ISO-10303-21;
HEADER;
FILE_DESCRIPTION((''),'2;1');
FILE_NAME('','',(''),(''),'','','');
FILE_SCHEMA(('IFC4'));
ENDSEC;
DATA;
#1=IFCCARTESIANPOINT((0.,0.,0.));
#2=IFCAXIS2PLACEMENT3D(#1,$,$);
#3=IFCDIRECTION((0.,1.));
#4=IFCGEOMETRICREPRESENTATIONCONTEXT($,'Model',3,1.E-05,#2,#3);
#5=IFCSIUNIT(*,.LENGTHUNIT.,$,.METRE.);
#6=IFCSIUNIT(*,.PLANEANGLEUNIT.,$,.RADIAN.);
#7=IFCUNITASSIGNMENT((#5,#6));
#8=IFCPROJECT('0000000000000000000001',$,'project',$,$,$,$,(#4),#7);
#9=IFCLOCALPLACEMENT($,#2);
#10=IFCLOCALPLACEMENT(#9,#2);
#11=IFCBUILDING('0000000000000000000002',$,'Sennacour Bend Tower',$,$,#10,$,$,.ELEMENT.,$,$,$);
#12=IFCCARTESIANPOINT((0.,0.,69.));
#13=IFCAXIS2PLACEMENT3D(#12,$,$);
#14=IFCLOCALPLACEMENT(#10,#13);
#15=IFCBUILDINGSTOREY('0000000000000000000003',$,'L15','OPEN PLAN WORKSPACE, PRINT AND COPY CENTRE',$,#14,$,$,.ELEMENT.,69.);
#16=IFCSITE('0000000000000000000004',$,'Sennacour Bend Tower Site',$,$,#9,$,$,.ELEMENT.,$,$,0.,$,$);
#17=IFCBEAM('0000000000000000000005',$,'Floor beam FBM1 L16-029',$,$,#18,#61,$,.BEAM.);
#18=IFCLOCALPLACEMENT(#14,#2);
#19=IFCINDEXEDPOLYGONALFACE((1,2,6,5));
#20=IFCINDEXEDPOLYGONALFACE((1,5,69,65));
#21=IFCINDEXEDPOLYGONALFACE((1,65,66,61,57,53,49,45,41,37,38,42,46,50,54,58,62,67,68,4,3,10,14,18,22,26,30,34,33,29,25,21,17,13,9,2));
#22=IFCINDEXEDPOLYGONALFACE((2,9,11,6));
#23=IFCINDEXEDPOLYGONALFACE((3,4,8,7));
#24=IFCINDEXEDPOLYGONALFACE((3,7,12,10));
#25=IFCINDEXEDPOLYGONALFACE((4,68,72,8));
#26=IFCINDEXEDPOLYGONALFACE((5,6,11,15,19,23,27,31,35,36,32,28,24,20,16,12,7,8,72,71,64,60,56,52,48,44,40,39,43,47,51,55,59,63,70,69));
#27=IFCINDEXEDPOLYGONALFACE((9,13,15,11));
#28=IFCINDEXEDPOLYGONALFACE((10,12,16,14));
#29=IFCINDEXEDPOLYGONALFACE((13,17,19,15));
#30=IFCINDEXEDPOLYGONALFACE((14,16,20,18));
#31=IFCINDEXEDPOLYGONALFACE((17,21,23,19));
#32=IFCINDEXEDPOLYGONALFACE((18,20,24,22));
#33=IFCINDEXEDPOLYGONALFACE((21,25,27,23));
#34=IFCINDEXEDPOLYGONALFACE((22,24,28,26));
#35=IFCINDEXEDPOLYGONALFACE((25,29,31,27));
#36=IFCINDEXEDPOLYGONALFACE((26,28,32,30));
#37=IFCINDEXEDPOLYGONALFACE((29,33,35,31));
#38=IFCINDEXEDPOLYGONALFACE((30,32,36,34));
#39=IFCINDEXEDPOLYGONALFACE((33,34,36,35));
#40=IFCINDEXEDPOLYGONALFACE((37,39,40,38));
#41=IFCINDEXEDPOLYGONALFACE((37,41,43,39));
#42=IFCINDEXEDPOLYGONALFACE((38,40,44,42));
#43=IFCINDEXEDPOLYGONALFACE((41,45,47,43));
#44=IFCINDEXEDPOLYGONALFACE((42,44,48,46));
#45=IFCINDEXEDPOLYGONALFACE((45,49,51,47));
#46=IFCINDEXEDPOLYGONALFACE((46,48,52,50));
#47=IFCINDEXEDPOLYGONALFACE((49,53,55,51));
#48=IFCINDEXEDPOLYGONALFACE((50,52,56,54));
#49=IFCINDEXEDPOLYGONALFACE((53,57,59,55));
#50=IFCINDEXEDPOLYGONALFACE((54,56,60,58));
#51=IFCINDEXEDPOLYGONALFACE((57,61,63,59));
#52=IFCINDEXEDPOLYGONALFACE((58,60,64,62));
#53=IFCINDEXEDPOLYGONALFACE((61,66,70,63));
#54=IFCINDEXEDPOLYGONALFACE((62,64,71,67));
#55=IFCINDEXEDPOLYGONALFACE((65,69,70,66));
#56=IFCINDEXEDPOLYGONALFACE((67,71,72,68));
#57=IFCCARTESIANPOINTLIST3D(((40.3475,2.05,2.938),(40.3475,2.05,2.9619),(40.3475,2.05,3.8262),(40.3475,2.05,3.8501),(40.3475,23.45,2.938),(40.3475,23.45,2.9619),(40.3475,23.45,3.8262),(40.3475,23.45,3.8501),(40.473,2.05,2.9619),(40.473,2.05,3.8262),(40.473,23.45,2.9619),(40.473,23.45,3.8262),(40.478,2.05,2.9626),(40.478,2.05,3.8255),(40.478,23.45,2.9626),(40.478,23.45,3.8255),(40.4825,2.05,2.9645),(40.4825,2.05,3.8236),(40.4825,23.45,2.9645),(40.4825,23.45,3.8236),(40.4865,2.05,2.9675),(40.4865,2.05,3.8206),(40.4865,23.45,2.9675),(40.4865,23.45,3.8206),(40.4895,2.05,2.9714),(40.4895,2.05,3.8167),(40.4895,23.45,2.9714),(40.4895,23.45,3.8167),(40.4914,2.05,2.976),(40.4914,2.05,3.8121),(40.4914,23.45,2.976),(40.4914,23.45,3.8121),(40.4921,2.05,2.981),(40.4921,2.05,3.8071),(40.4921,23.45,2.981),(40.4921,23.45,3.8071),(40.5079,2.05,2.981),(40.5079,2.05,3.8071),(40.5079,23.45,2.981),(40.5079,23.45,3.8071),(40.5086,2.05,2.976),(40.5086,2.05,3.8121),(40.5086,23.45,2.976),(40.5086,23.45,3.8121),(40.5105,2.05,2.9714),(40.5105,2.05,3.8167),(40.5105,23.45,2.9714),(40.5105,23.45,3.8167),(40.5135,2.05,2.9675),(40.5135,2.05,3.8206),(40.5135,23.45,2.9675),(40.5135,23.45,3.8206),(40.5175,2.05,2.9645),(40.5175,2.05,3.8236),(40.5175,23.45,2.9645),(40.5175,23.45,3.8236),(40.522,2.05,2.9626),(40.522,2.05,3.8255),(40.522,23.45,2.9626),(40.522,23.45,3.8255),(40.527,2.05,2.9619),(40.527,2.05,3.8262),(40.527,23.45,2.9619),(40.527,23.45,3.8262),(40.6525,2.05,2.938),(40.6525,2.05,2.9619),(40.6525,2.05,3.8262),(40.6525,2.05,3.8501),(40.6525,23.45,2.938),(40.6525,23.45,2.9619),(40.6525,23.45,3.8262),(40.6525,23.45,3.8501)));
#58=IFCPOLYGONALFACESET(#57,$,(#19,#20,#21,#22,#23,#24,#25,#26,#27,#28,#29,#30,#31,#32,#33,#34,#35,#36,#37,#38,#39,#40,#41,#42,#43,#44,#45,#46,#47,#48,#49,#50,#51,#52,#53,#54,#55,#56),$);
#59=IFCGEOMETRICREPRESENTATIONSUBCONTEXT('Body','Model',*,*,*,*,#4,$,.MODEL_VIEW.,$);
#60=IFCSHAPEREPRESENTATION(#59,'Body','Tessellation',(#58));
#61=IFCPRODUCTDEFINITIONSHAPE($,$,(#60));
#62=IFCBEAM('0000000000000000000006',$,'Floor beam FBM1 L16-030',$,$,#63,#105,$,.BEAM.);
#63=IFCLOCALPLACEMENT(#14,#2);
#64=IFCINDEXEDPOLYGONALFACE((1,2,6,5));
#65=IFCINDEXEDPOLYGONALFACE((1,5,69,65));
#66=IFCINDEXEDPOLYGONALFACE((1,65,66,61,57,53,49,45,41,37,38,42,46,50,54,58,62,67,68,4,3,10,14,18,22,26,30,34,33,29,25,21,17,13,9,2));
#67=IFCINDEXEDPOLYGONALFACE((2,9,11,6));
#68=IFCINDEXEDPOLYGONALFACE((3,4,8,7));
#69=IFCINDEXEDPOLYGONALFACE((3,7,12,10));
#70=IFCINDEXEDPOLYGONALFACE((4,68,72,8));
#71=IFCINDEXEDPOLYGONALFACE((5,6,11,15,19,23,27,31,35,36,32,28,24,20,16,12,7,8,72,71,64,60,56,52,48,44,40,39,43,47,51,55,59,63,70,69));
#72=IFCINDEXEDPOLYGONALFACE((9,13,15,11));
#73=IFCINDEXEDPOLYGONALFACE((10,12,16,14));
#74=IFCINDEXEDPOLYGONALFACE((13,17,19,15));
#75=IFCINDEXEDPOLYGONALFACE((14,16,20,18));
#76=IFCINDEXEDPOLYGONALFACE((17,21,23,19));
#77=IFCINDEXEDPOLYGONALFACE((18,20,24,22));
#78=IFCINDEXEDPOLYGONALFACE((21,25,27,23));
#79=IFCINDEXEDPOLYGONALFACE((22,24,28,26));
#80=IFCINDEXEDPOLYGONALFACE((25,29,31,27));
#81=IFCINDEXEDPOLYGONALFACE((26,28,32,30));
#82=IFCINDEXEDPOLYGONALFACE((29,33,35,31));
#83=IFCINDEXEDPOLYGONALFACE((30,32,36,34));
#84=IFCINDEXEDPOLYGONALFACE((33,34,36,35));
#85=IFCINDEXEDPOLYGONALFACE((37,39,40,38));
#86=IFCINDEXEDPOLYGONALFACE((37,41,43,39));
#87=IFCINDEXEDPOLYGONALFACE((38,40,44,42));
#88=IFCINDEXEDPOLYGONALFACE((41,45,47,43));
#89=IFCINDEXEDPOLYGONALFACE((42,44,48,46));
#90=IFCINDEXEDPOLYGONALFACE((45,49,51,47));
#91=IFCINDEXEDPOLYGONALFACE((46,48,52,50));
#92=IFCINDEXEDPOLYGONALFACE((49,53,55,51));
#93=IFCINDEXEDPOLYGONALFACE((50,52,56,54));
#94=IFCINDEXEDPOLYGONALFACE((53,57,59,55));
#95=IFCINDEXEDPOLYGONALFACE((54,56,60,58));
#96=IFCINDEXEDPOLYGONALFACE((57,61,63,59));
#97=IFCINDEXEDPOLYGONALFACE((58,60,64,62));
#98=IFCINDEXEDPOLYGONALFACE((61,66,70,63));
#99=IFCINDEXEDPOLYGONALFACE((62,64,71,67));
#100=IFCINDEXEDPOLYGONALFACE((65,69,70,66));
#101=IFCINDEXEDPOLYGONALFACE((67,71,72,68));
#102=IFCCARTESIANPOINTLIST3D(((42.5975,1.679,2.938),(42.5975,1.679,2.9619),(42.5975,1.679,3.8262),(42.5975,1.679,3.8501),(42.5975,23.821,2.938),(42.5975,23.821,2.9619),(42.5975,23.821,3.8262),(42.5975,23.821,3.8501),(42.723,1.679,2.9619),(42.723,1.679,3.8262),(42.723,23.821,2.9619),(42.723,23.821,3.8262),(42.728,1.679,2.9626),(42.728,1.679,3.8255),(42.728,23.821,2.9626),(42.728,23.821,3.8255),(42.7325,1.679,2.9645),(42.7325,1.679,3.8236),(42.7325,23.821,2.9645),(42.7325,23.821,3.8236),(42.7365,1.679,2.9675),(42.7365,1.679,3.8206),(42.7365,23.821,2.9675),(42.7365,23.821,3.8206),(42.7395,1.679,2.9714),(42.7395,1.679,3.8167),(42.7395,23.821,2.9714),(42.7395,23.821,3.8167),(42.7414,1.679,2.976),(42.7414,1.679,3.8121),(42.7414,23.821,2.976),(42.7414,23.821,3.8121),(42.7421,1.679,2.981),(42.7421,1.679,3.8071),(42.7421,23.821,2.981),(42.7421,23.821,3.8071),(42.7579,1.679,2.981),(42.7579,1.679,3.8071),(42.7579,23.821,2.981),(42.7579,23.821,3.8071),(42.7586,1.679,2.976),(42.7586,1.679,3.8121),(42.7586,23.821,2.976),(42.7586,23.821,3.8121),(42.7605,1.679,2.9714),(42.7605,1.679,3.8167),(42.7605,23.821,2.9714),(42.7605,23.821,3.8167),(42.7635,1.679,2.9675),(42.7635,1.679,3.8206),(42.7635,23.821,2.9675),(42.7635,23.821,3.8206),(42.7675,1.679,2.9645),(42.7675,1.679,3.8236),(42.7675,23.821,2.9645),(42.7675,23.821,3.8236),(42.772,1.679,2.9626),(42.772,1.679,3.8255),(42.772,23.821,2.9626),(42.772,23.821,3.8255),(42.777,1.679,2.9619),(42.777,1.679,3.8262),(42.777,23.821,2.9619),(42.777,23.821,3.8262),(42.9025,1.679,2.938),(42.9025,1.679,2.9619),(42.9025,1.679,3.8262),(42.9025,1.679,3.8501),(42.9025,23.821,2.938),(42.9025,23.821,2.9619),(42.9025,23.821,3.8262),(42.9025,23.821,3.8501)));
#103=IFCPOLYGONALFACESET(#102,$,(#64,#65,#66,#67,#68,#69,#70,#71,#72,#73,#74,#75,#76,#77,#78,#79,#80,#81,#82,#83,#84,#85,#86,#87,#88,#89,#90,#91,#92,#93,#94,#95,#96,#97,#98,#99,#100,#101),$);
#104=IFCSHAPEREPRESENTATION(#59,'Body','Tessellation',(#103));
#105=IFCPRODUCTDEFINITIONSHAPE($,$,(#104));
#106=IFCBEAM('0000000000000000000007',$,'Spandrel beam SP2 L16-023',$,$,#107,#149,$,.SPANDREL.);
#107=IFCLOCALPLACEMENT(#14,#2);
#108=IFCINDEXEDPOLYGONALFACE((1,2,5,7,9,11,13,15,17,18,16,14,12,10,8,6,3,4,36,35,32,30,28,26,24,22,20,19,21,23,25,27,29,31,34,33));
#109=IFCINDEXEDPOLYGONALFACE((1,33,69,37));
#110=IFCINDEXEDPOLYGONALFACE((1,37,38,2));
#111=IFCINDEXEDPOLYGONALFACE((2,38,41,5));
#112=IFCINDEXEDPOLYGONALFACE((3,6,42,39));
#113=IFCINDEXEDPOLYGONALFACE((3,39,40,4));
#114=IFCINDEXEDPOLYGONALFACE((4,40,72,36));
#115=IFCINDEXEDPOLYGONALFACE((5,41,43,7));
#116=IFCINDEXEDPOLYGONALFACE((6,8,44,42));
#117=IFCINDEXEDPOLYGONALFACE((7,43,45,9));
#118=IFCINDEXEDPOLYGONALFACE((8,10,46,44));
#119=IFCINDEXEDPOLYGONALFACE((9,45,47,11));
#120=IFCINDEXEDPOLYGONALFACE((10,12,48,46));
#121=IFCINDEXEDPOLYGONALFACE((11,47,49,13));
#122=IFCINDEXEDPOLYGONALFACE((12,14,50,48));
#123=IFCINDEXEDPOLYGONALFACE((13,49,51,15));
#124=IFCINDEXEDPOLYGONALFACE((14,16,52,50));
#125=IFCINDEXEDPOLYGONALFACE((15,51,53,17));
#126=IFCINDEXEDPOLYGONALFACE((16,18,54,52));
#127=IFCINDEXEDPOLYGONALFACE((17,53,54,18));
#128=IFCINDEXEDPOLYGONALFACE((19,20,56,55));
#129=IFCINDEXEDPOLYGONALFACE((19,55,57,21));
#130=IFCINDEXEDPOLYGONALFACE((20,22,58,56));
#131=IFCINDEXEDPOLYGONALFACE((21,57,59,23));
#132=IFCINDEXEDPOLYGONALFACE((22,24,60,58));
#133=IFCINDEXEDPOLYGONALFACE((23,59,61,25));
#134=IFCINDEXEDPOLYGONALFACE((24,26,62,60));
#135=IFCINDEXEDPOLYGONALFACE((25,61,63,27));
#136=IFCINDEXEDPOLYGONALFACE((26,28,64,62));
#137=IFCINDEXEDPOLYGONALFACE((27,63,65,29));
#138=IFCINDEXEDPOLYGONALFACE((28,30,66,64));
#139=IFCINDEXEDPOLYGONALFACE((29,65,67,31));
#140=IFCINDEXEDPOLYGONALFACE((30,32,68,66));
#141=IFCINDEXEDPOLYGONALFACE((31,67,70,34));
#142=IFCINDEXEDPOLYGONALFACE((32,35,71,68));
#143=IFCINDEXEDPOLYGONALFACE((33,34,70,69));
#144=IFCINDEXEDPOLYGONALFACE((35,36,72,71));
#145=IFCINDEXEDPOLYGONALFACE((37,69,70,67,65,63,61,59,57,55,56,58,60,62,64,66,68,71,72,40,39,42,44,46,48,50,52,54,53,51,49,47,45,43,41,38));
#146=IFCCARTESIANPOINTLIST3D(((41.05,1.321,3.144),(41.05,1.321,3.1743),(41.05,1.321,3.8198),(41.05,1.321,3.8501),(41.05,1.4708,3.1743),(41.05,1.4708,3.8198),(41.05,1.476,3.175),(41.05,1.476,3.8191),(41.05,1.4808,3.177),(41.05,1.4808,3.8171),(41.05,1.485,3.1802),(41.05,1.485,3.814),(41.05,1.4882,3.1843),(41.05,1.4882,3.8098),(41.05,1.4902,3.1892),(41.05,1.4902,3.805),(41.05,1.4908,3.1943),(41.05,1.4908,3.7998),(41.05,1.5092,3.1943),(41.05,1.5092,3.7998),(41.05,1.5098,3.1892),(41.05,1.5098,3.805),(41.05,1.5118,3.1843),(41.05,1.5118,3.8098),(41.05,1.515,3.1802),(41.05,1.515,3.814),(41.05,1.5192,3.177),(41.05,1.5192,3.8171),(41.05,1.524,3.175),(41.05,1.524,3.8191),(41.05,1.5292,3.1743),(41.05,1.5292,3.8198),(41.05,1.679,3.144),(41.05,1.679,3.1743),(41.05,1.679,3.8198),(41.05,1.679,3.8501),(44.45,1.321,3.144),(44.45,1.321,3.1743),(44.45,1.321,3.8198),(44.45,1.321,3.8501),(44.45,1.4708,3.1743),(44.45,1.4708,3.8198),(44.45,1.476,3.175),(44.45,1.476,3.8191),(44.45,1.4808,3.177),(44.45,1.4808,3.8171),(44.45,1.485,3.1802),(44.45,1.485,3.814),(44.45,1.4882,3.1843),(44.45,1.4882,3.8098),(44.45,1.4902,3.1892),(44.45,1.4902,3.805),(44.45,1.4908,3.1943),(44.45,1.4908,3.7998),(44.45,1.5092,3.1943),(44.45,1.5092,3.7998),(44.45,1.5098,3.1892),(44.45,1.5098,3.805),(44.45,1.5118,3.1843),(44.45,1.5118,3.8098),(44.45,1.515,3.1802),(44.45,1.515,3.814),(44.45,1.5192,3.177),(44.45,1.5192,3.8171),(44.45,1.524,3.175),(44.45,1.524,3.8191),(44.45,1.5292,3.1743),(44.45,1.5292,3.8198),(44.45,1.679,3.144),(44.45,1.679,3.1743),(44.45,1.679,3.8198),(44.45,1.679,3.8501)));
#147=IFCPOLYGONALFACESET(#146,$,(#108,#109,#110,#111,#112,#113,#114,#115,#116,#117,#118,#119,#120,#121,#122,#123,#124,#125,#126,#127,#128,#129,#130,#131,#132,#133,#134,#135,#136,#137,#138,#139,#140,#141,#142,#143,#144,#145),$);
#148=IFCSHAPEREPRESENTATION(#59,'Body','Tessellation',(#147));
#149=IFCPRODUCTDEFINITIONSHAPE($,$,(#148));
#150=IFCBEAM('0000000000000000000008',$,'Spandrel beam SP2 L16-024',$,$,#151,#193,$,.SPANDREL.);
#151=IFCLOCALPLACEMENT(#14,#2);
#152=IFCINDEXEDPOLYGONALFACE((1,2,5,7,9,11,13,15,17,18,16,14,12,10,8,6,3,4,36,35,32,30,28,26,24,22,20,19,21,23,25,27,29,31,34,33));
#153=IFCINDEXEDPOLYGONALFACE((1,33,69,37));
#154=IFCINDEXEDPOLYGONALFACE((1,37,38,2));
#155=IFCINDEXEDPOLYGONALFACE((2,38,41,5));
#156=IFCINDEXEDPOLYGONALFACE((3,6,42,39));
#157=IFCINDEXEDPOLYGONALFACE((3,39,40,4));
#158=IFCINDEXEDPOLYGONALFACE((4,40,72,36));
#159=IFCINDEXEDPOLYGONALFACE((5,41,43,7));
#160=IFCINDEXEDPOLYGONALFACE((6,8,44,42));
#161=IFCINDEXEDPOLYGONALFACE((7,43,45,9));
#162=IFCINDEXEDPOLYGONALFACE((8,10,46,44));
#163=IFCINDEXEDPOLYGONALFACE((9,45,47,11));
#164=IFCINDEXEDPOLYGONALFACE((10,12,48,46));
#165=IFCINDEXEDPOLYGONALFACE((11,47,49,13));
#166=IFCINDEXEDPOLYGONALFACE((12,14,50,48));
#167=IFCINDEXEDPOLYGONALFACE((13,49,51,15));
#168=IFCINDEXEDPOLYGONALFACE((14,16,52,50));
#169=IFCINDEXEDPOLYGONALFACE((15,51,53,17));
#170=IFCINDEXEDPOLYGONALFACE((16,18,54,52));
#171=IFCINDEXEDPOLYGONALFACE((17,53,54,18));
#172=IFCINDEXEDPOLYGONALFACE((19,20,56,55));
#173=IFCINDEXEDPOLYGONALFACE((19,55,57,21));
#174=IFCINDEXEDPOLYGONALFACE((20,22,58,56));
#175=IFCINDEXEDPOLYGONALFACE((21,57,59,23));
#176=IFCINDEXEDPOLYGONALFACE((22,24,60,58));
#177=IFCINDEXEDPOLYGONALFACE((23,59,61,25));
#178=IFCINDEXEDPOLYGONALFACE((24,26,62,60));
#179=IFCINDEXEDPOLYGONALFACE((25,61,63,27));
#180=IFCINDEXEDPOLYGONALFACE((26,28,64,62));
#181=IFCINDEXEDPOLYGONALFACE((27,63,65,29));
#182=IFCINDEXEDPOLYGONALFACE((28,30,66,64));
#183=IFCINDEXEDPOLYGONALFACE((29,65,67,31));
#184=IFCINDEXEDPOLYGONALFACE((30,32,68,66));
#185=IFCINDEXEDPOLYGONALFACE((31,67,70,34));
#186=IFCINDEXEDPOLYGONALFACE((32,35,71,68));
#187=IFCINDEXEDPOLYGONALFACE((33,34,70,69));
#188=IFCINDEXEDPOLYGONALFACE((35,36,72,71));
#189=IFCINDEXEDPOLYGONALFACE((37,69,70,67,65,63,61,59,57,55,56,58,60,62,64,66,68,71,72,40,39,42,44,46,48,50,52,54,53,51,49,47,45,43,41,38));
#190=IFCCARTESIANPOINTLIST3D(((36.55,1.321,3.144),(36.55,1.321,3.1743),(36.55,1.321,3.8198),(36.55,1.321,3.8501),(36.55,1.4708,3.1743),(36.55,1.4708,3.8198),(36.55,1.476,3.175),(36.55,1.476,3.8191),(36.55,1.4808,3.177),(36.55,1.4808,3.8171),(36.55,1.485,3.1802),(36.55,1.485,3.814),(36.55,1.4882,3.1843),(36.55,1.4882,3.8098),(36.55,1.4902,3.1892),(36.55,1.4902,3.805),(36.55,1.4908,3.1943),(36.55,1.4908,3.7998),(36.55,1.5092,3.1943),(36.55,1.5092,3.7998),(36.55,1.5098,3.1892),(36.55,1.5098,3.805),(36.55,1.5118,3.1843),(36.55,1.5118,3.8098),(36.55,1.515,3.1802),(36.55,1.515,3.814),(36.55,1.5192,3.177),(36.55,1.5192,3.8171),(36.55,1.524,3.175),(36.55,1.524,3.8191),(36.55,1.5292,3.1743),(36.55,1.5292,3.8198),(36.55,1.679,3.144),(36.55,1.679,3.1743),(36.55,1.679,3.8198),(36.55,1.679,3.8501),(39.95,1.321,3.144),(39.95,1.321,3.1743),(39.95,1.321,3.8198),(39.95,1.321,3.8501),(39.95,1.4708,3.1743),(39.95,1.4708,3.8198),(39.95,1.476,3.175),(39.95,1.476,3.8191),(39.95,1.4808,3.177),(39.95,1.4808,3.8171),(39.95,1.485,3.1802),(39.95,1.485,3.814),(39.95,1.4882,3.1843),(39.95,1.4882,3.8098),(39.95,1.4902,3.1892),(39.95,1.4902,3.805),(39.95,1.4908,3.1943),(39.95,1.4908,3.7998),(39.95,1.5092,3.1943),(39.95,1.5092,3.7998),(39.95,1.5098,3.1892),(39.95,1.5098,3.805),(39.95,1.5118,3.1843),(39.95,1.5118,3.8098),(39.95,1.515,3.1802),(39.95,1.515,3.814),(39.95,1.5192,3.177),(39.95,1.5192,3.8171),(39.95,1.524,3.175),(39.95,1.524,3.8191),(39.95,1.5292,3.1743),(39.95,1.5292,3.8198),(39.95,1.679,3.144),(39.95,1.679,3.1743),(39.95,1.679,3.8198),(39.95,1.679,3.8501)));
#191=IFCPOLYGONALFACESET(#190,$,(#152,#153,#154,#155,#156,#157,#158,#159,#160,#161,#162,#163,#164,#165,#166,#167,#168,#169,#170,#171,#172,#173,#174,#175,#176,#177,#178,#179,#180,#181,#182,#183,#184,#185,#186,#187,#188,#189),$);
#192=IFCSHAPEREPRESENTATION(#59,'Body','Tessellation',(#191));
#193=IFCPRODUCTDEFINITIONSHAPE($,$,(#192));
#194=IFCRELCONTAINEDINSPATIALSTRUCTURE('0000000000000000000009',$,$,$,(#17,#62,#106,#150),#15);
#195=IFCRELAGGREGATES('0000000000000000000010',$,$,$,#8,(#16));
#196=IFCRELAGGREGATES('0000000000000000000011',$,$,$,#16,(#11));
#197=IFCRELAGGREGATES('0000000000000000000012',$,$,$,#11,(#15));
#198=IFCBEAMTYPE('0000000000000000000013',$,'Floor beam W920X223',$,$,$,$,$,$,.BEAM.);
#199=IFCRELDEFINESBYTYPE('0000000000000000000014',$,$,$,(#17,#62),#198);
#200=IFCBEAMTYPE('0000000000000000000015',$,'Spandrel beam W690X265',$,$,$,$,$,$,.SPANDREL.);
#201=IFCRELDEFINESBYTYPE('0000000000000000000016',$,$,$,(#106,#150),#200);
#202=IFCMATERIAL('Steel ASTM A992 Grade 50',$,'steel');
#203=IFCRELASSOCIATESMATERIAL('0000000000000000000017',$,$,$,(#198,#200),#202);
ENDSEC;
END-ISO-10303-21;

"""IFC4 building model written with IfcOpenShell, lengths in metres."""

from ifc_helpers import new_model, si_unit, direction, frame, origin, origin_2d, place, context, subcontext, project, spatial, i_section, extrude, material, material_profile, profile_set, type_object, element, save


model = new_model("IFC4")

# Units and contexts
model_context = context("Model", 3, precision=1e-05, world=origin(), true_north=direction((0.0, 1.0)))
body_context = subcontext(model_context, "Body", "Model", "MODEL_VIEW")
ifc_project = project(units=[si_unit("LENGTHUNIT", "METRE"), si_unit("PLANEANGLEUNIT", "RADIAN")], contexts=[model_context])

# Site, building, storey
site_placement = place(None, origin())
site = spatial("IfcSite", under=ifc_project, at=site_placement, Name="Sennacour Bend Tower Site", CompositionType="ELEMENT", RefElevation=0.0)
building_placement = place(site_placement, origin())
building = spatial("IfcBuilding", under=site, at=building_placement, Name="Sennacour Bend Tower", CompositionType="ELEMENT")
storey_placement = place(building_placement, frame((0.0, 0.0, 69.0)))
storey = spatial("IfcBuildingStorey", under=building, at=storey_placement, Name="L15", Description="OPEN PLAN WORKSPACE, PRINT AND COPY CENTRE", CompositionType="ELEMENT", Elevation=69.0)

# Beams
ifc_material_1 = material(Name="Steel ASTM A992 Grade 50", Category="steel")
ifc_material_profile_1 = material_profile(ifc_material_1, i_section(OverallWidth=0.3049, OverallDepth=0.9121, WebThickness=0.0159, FlangeThickness=0.0239, FilletRadius=0.019, at=origin_2d()), Name="Steel ASTM A992 Grade 50", Category="steel")
ifc_profile_set_1 = profile_set([ifc_material_profile_1], Name="Steel ASTM A992 Grade 50")
beam_type_1 = type_object("IfcBeamType", Name="Floor beam W920X223", PredefinedType="BEAM", material=ifc_profile_set_1)
beam_1_placement = place(storey_placement, frame((40.5, 2.05, 3.394), z_axis=(0.0, 1.0, 0.0), x_axis=(-1.0, 0.0, 0.0)))
element("IfcBeam", 1, at=beam_1_placement, inside=storey, type_object=beam_type_1, Name="Floor beam FBM1 L16-029", PredefinedType="BEAM", context=body_context, shape_type="SweptSolid", body=[
    extrude(i_section(OverallWidth=0.3049, OverallDepth=0.9121, WebThickness=0.0159, FlangeThickness=0.0239, FilletRadius=0.019, at=origin_2d()), origin(), (0.0, 0.0, 1.0), 21.3999),
])
beam_2_placement = place(storey_placement, frame((42.75, 1.679, 3.394), z_axis=(0.0, 1.0, 0.0), x_axis=(-1.0, 0.0, 0.0)))
element("IfcBeam", 2, at=beam_2_placement, inside=storey, type_object=beam_type_1, Name="Floor beam FBM1 L16-030", PredefinedType="BEAM", context=body_context, shape_type="SweptSolid", body=[
    extrude(i_section(OverallWidth=0.3049, OverallDepth=0.9121, WebThickness=0.0159, FlangeThickness=0.0239, FilletRadius=0.019, at=origin_2d()), origin(), (0.0, 0.0, 1.0), 22.1421),
])
ifc_material_profile_2 = material_profile(ifc_material_1, i_section(OverallWidth=0.3579, OverallDepth=0.7061, WebThickness=0.0183, FlangeThickness=0.0303, FilletRadius=0.02, at=origin_2d()), Name="Steel ASTM A992 Grade 50", Category="steel")
ifc_profile_set_2 = profile_set([ifc_material_profile_2], Name="Steel ASTM A992 Grade 50")
beam_type_2 = type_object("IfcBeamType", Name="Spandrel beam W690X265", PredefinedType="SPANDREL", material=ifc_profile_set_2)
for number, where, z_axis, x_axis, name in (
    (3, (44.45, 1.5, 3.4971), (-1.0, 0.0, 0.0), (0.0, -1.0, 0.0), "Spandrel beam SP2 L16-023"),
    (4, (39.95, 1.5, 3.4971), (-1.0, 0.0, 0.0), (0.0, -1.0, 0.0), "Spandrel beam SP2 L16-024"),
):
    element("IfcBeam", number, at=place(storey_placement, frame(where, z_axis=z_axis, x_axis=x_axis)), inside=storey, type_object=beam_type_2, Name=name, PredefinedType="SPANDREL", context=body_context, shape_type="SweptSolid", body=[
        extrude(i_section(OverallWidth=0.3579, OverallDepth=0.7061, WebThickness=0.0183, FlangeThickness=0.0303, FilletRadius=0.02, at=origin_2d()), origin(), (0.0, 0.0, 1.0), 3.3999),
    ])

save(model, "model.ifc")
